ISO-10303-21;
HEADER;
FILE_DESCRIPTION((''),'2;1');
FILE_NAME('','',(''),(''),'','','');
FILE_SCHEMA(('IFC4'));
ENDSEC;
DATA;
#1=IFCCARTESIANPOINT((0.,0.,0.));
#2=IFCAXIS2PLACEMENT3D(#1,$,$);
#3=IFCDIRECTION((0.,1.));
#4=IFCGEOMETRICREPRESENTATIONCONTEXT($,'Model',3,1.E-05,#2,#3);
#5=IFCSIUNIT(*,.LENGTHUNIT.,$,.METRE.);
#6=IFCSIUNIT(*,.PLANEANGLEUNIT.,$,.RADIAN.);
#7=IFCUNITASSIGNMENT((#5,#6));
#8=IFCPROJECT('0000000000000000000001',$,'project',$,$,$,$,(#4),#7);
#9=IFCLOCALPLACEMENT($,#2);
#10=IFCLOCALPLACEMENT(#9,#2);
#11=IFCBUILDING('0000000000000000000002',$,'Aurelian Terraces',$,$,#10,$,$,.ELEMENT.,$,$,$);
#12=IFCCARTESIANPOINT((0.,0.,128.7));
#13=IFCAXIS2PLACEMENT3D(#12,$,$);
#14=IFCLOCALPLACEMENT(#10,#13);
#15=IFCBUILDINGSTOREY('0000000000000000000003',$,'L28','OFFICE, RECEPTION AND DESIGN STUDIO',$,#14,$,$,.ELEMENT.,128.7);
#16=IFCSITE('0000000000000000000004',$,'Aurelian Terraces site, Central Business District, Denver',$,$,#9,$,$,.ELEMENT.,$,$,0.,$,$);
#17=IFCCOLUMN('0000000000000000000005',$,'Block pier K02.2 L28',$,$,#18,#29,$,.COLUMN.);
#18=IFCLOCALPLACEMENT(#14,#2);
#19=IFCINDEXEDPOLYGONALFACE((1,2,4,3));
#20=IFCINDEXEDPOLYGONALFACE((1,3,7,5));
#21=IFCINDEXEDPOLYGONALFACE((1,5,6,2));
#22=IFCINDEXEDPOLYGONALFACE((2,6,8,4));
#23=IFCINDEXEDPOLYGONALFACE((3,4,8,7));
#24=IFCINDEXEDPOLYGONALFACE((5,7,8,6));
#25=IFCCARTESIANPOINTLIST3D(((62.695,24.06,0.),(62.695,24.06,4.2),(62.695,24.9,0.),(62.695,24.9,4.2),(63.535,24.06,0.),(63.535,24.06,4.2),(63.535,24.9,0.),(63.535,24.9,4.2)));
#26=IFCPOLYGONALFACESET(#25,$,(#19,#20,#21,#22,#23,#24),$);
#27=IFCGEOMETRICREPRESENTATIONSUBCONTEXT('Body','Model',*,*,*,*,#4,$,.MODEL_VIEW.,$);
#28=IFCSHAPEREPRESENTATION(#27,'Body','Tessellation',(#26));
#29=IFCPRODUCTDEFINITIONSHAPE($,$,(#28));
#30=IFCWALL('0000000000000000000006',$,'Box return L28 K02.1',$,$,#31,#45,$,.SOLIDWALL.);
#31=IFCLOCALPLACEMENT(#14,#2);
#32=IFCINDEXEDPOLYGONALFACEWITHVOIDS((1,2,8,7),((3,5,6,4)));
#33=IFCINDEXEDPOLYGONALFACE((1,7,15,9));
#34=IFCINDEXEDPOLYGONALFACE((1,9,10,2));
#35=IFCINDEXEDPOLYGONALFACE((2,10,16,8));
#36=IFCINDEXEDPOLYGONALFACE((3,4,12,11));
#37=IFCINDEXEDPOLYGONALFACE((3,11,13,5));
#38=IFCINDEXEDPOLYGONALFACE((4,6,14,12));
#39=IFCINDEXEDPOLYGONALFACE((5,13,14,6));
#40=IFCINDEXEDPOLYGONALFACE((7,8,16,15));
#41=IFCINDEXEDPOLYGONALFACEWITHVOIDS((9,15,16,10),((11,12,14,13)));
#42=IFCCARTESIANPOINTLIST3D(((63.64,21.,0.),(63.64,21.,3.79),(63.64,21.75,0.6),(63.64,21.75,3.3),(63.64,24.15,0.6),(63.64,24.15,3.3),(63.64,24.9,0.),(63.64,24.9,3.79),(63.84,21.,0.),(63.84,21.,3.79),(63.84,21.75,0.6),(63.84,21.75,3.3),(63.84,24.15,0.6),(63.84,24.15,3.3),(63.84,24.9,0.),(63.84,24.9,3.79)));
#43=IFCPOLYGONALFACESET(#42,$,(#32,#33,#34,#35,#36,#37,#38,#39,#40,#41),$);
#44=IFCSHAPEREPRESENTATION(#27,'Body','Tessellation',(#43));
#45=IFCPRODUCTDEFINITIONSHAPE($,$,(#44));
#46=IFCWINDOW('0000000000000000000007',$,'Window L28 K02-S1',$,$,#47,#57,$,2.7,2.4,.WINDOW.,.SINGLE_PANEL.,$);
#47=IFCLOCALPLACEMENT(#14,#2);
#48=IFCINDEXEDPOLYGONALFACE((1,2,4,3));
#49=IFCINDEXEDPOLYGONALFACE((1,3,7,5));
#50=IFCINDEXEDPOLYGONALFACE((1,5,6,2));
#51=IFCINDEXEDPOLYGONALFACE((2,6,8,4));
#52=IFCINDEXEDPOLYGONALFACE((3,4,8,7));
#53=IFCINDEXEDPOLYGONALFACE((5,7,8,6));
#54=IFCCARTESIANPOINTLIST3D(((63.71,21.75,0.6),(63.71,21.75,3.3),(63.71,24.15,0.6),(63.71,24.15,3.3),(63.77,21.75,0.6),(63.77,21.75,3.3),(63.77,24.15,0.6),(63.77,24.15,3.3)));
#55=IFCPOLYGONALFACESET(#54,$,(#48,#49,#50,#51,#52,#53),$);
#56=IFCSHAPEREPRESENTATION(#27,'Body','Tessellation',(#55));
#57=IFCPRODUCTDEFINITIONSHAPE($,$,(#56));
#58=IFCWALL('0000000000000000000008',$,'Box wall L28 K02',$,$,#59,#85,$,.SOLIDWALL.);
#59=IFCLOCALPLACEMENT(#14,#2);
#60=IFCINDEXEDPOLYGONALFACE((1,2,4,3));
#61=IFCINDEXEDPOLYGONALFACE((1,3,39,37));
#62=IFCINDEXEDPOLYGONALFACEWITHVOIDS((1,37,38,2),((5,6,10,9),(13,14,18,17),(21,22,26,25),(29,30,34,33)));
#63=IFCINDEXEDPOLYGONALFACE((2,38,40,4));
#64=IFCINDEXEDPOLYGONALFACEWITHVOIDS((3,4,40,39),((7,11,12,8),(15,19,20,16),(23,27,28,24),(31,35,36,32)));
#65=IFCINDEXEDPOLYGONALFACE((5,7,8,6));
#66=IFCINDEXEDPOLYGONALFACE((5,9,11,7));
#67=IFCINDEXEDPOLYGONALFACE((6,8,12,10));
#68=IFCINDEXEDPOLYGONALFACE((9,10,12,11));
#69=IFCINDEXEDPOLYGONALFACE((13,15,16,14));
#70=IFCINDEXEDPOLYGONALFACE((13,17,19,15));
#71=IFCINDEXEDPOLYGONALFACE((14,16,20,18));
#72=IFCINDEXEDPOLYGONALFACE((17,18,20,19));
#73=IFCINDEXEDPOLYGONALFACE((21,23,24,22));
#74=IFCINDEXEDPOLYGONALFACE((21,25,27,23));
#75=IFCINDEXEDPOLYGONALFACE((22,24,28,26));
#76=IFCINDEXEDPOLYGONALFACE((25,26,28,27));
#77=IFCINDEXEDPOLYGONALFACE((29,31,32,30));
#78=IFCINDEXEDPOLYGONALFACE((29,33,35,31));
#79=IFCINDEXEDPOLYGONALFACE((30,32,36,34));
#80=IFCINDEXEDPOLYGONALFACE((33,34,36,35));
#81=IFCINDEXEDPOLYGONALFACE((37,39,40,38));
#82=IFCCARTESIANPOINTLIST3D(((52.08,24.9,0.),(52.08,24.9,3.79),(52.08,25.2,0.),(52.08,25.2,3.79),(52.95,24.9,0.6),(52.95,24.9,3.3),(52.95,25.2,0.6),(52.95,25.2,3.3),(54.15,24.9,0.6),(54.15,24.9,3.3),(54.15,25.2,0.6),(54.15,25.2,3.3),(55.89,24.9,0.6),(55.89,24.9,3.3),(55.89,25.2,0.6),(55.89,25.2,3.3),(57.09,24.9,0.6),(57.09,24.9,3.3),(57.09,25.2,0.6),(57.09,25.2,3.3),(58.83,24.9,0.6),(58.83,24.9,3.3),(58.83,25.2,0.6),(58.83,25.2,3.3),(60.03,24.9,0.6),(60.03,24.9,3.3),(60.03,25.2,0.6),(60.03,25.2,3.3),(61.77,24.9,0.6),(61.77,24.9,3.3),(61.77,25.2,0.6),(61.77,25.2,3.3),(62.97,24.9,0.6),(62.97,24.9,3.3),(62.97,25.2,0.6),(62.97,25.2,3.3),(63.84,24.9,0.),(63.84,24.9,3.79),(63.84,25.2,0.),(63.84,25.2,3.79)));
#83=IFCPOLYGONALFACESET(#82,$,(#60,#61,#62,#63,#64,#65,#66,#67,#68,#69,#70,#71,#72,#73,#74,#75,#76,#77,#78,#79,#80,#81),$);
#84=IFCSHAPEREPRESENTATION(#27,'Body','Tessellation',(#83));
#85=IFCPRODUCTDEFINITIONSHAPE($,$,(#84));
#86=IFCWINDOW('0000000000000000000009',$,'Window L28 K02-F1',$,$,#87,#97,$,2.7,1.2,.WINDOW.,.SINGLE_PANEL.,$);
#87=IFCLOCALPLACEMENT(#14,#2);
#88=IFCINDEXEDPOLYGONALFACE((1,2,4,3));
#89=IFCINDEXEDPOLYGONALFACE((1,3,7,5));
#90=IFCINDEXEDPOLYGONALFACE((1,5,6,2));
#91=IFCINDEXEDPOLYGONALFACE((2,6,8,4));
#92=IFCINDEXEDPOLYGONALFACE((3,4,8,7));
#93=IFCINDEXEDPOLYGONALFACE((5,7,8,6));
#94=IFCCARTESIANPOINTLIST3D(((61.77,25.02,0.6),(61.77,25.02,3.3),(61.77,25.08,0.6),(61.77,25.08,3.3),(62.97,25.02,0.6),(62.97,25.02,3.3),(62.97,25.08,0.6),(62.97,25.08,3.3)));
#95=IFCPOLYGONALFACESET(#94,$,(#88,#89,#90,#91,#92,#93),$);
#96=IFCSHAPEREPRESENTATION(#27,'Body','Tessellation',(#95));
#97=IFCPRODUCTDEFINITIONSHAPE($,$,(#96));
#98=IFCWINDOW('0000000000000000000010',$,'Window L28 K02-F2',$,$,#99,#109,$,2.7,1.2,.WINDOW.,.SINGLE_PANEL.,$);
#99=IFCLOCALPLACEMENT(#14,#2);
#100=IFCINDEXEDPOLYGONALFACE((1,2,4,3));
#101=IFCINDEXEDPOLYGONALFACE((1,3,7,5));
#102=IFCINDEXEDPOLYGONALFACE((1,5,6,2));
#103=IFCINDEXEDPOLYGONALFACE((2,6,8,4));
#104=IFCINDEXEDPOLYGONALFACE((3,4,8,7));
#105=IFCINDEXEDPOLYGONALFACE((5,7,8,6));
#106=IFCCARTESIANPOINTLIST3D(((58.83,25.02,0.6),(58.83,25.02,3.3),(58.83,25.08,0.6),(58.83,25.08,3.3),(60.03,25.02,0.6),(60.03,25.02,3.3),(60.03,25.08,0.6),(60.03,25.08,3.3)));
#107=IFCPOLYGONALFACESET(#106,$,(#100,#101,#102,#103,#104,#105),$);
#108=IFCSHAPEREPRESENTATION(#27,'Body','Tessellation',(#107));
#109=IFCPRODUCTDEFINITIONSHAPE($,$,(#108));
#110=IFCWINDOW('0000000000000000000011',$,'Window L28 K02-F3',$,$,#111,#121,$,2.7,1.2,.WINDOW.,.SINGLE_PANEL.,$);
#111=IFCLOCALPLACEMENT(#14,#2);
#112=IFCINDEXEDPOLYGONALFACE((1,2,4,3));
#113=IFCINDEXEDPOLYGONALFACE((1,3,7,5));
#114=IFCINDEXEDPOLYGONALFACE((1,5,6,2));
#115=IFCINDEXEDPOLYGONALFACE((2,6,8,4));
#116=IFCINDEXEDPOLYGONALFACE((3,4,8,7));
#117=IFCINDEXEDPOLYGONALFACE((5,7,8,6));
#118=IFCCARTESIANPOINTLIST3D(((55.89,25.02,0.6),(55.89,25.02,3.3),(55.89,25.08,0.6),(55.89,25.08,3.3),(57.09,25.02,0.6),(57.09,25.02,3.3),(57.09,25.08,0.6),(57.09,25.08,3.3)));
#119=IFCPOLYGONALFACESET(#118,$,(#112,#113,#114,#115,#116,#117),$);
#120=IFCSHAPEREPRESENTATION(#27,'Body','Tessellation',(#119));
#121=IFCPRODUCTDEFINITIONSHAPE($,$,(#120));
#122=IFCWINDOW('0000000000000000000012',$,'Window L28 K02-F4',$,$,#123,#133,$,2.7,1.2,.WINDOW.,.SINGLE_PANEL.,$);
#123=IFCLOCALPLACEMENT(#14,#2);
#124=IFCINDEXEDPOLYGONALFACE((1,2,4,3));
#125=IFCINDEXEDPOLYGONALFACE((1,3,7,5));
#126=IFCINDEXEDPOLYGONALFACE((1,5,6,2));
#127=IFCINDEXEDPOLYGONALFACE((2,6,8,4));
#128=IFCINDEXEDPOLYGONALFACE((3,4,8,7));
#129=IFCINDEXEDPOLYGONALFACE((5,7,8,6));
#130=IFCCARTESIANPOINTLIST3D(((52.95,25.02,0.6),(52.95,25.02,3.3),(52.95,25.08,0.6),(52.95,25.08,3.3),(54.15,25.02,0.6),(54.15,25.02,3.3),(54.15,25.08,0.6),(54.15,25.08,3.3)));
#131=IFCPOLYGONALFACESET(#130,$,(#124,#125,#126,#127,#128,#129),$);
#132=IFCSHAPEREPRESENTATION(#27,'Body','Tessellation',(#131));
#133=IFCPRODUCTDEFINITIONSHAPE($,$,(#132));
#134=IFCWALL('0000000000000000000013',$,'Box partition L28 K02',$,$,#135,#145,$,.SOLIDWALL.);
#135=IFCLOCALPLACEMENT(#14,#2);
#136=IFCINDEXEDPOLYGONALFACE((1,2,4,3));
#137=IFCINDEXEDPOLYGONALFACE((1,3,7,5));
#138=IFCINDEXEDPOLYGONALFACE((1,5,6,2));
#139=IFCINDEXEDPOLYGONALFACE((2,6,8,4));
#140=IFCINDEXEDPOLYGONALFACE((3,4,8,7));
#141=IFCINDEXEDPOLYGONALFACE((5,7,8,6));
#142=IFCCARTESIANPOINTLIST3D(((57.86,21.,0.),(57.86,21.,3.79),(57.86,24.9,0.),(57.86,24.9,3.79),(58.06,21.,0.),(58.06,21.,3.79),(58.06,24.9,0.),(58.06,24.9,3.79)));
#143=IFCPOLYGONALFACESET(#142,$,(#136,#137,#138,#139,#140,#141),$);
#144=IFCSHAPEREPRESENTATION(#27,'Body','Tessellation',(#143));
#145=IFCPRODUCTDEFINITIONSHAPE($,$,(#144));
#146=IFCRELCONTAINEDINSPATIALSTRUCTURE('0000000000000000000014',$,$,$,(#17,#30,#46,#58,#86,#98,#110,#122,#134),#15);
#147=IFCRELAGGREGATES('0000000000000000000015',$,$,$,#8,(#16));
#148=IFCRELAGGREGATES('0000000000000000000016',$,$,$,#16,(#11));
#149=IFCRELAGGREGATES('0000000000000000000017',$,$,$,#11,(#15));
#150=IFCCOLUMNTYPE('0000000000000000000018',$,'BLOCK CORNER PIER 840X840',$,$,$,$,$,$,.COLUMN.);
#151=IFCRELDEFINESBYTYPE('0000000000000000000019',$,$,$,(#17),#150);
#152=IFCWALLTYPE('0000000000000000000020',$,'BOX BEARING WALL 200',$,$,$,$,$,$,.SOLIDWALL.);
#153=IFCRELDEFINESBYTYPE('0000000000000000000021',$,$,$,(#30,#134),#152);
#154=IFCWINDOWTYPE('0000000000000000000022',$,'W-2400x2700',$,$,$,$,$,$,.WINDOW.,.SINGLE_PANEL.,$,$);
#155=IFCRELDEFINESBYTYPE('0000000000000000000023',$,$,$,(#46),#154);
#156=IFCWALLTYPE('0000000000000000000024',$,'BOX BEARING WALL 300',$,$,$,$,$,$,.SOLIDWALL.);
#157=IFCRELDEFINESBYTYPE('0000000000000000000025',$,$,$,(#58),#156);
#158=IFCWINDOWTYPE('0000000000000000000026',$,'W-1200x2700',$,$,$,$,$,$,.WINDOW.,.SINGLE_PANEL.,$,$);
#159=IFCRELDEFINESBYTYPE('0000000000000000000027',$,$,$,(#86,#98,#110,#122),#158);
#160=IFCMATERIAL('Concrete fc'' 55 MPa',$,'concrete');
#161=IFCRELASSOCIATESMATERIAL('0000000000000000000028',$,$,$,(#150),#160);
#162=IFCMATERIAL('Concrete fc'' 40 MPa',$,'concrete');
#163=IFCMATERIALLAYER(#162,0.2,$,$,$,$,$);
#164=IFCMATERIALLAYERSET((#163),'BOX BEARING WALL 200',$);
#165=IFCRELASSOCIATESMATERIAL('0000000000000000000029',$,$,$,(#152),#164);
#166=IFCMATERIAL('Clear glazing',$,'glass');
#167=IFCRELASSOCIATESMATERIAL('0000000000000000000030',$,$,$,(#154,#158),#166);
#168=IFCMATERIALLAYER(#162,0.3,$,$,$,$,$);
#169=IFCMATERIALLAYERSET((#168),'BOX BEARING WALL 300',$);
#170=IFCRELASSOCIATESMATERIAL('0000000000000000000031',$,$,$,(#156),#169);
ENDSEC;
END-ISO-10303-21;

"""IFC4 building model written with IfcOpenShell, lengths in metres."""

from ifc_helpers import new_model, si_unit, direction, frame, frame_2d, origin, origin_2d, place, context, subcontext, project, spatial, rectangle, extrude, source, transform, mapped, material, layer, layer_set, material_profile, profile_set, type_object, element, fill, save


model = new_model("IFC4")

# Units and contexts
model_context = context("Model", 3, precision=1e-05, world=origin(), true_north=direction((0.0, 1.0)))
body_context = subcontext(model_context, "Body", "Model", "MODEL_VIEW")
ifc_project = project(units=[si_unit("LENGTHUNIT", "METRE"), si_unit("PLANEANGLEUNIT", "RADIAN")], contexts=[model_context])

# Site, building, storey
site_placement = place(None, origin())
site = spatial("IfcSite", under=ifc_project, at=site_placement, Name="Aurelian Terraces site, Central Business District, Denver", CompositionType="ELEMENT", RefElevation=0.0)
building_placement = place(site_placement, origin())
building = spatial("IfcBuilding", under=site, at=building_placement, Name="Aurelian Terraces", CompositionType="ELEMENT")
storey_placement = place(building_placement, frame((0.0, 0.0, 128.7)))
storey = spatial("IfcBuildingStorey", under=building, at=storey_placement, Name="L28", Description="OFFICE, RECEPTION AND DESIGN STUDIO", CompositionType="ELEMENT", Elevation=128.7)

# Column
ifc_material_1 = material(Name="Concrete fc' 55 MPa", Category="concrete")
ifc_material_profile = material_profile(ifc_material_1, rectangle(XDim=0.84, YDim=0.84, at=origin_2d()))
ifc_profile_set = profile_set([ifc_material_profile], Name="Concrete fc' 55 MPa")
column_type = type_object("IfcColumnType", Name="BLOCK CORNER PIER 840X840", PredefinedType="COLUMN", material=ifc_profile_set)
shared_shape_1 = source(origin(), body_context, "Body", "SweptSolid", [
    extrude(rectangle(XDim=0.84, YDim=0.84, at=origin_2d()), origin(), (0.0, 0.0, 1.0), 4.2),
])
column_placement = place(storey_placement, frame((63.115, 24.48, 0.0), z_axis=(0.0, 0.0, 1.0), x_axis=(1.0, 0.0, 0.0)))
element("IfcColumn", 1, at=column_placement, inside=storey, type_object=column_type, Name="Block pier K02.2 L28", PredefinedType="COLUMN", context=body_context, shape_type="MappedRepresentation", body=[
    mapped(shared_shape_1, transform((0.0, 0.0, 0.0), scale=1.0)),
])

# Wall, opening, window
ifc_material_2 = material(Name="Concrete fc' 40 MPa", Category="concrete")
ifc_layer_1 = layer(ifc_material_2, 0.2)
ifc_layer_set_1 = layer_set([ifc_layer_1], Name="BOX BEARING WALL 200")
wall_type_1 = type_object("IfcWallType", Name="BOX BEARING WALL 200", PredefinedType="SOLIDWALL", material=ifc_layer_set_1)
shared_shape_2 = source(origin(), body_context, "Body", "SweptSolid", [
    extrude(rectangle(XDim=3.9, YDim=0.2, at=frame_2d((1.95, 0.0))), origin(), (0.0, 0.0, 1.0), 3.79),
])
wall_1_placement = place(storey_placement, frame((63.74, 21.0, 0.0), z_axis=(0.0, 0.0, 1.0), x_axis=(0.0, 1.0, 0.0)))
wall_1 = element("IfcWall", 2, at=wall_1_placement, inside=storey, type_object=wall_type_1, Name="Box return L28 K02.1", PredefinedType="SOLIDWALL", context=body_context, shape_type="MappedRepresentation", body=[
    mapped(shared_shape_2, transform((0.0, 0.0, 0.0), scale=1.0)),
])
shared_shape_3 = source(origin(), body_context, "Body", "SweptSolid", [
    extrude(rectangle(XDim=2.4, YDim=2.7, at=frame_2d((1.2, 1.35))), frame((0.0, 0.11, 0.0), z_axis=(0.0, -1.0, 0.0), x_axis=(1.0, 0.0, 0.0)), (0.0, 0.0, 1.0), 0.22),
])
opening_1_placement = place(wall_1_placement, frame((0.75, 0.0, 0.6)))
opening_1 = element("IfcOpeningElement", 3, at=opening_1_placement, cuts=wall_1, PredefinedType="OPENING", context=body_context, shape_type="MappedRepresentation", body=[
    mapped(shared_shape_3, transform((0.0, 0.0, 0.0), scale=1.0)),
])
ifc_material_3 = material(Name="Clear glazing", Category="glass")
window_type_1 = type_object("IfcWindowType", Name="W-2400x2700", PartitioningType="SINGLE_PANEL", PredefinedType="WINDOW", material=ifc_material_3)
shared_shape_4 = source(origin(), body_context, "Body", "SweptSolid", [
    extrude(rectangle(XDim=2.4, YDim=2.7, at=frame_2d((1.2, 1.35))), frame((0.0, 0.03, 0.0), z_axis=(0.0, -1.0, 0.0), x_axis=(1.0, 0.0, 0.0)), (0.0, 0.0, 1.0), 0.06),
])
window_1_placement = place(opening_1_placement, origin())
window_1 = element("IfcWindow", 4, at=window_1_placement, inside=storey, type_object=window_type_1, Name="Window L28 K02-S1", OverallHeight=2.7, OverallWidth=2.4, PartitioningType="SINGLE_PANEL", PredefinedType="WINDOW", context=body_context, shape_type="MappedRepresentation", body=[
    mapped(shared_shape_4, transform((0.0, 0.0, 0.0), scale=1.0)),
])
fill(opening_1, window_1)

# Wall, openings, windows
ifc_layer_2 = layer(ifc_material_2, 0.3)
ifc_layer_set_2 = layer_set([ifc_layer_2], Name="BOX BEARING WALL 300")
wall_type_2 = type_object("IfcWallType", Name="BOX BEARING WALL 300", PredefinedType="SOLIDWALL", material=ifc_layer_set_2)
shared_shape_5 = source(origin(), body_context, "Body", "SweptSolid", [
    extrude(rectangle(XDim=11.76, YDim=0.3, at=frame_2d((5.88, 0.0))), origin(), (0.0, 0.0, 1.0), 3.79),
])
wall_2_placement = place(storey_placement, frame((63.84, 25.05, 0.0), z_axis=(0.0, 0.0, 1.0), x_axis=(-1.0, 0.0, 0.0)))
wall_2 = element("IfcWall", 5, at=wall_2_placement, inside=storey, type_object=wall_type_2, Name="Box wall L28 K02", PredefinedType="SOLIDWALL", context=body_context, shape_type="MappedRepresentation", body=[
    mapped(shared_shape_5, transform((0.0, 0.0, 0.0), scale=1.0)),
])
shared_shape_6 = source(origin(), body_context, "Body", "SweptSolid", [
    extrude(rectangle(XDim=1.2, YDim=2.7, at=frame_2d((0.6, 1.35))), frame((0.0, 0.16, 0.0), z_axis=(0.0, -1.0, 0.0), x_axis=(1.0, 0.0, 0.0)), (0.0, 0.0, 1.0), 0.32),
])
opening_2_placement = place(wall_2_placement, frame((0.87, 0.0, 0.6)))
opening_2 = element("IfcOpeningElement", 6, at=opening_2_placement, cuts=wall_2, PredefinedType="OPENING", context=body_context, shape_type="MappedRepresentation", body=[
    mapped(shared_shape_6, transform((0.0, 0.0, 0.0), scale=1.0)),
])
opening_3_placement = place(wall_2_placement, frame((3.81, 0.0, 0.6)))
opening_3 = element("IfcOpeningElement", 7, at=opening_3_placement, cuts=wall_2, PredefinedType="OPENING", context=body_context, shape_type="MappedRepresentation", body=[
    mapped(shared_shape_6, transform((0.0, 0.0, 0.0), scale=1.0)),
])
opening_4_placement = place(wall_2_placement, frame((6.75, 0.0, 0.6)))
opening_4 = element("IfcOpeningElement", 8, at=opening_4_placement, cuts=wall_2, PredefinedType="OPENING", context=body_context, shape_type="MappedRepresentation", body=[
    mapped(shared_shape_6, transform((0.0, 0.0, 0.0), scale=1.0)),
])
opening_5_placement = place(wall_2_placement, frame((9.69, 0.0, 0.6)))
opening_5 = element("IfcOpeningElement", 9, at=opening_5_placement, cuts=wall_2, PredefinedType="OPENING", context=body_context, shape_type="MappedRepresentation", body=[
    mapped(shared_shape_6, transform((0.0, 0.0, 0.0), scale=1.0)),
])
window_type_2 = type_object("IfcWindowType", Name="W-1200x2700", PartitioningType="SINGLE_PANEL", PredefinedType="WINDOW", material=ifc_material_3)
shared_shape_7 = source(origin(), body_context, "Body", "SweptSolid", [
    extrude(rectangle(XDim=1.2, YDim=2.7, at=frame_2d((0.6, 1.35))), frame((0.0, 0.03, 0.0), z_axis=(0.0, -1.0, 0.0), x_axis=(1.0, 0.0, 0.0)), (0.0, 0.0, 1.0), 0.06),
])
window_2_placement = place(opening_2_placement, origin())
window_2 = element("IfcWindow", 10, at=window_2_placement, inside=storey, type_object=window_type_2, Name="Window L28 K02-F1", OverallHeight=2.7, OverallWidth=1.2, PartitioningType="SINGLE_PANEL", PredefinedType="WINDOW", context=body_context, shape_type="MappedRepresentation", body=[
    mapped(shared_shape_7, transform((0.0, 0.0, 0.0), scale=1.0)),
])
fill(opening_2, window_2)
window_3_placement = place(opening_3_placement, origin())
window_3 = element("IfcWindow", 11, at=window_3_placement, inside=storey, type_object=window_type_2, Name="Window L28 K02-F2", OverallHeight=2.7, OverallWidth=1.2, PartitioningType="SINGLE_PANEL", PredefinedType="WINDOW", context=body_context, shape_type="MappedRepresentation", body=[
    mapped(shared_shape_7, transform((0.0, 0.0, 0.0), scale=1.0)),
])
fill(opening_3, window_3)
window_4_placement = place(opening_4_placement, origin())
window_4 = element("IfcWindow", 12, at=window_4_placement, inside=storey, type_object=window_type_2, Name="Window L28 K02-F3", OverallHeight=2.7, OverallWidth=1.2, PartitioningType="SINGLE_PANEL", PredefinedType="WINDOW", context=body_context, shape_type="MappedRepresentation", body=[
    mapped(shared_shape_7, transform((0.0, 0.0, 0.0), scale=1.0)),
])
fill(opening_4, window_4)
window_5_placement = place(opening_5_placement, origin())
window_5 = element("IfcWindow", 13, at=window_5_placement, inside=storey, type_object=window_type_2, Name="Window L28 K02-F4", OverallHeight=2.7, OverallWidth=1.2, PartitioningType="SINGLE_PANEL", PredefinedType="WINDOW", context=body_context, shape_type="MappedRepresentation", body=[
    mapped(shared_shape_7, transform((0.0, 0.0, 0.0), scale=1.0)),
])
fill(opening_5, window_5)

# Wall
shared_shape_8 = source(origin(), body_context, "Body", "SweptSolid", [
    extrude(rectangle(XDim=3.9, YDim=0.2, at=frame_2d((1.95, 0.0))), origin(), (0.0, 0.0, 1.0), 3.79),
])
wall_3_placement = place(storey_placement, frame((57.96, 21.0, 0.0), z_axis=(0.0, 0.0, 1.0), x_axis=(0.0, 1.0, 0.0)))
element("IfcWall", 14, at=wall_3_placement, inside=storey, type_object=wall_type_1, Name="Box partition L28 K02", PredefinedType="SOLIDWALL", context=body_context, shape_type="MappedRepresentation", body=[
    mapped(shared_shape_8, transform((0.0, 0.0, 0.0), scale=1.0)),
])

save(model, "model.ifc")
